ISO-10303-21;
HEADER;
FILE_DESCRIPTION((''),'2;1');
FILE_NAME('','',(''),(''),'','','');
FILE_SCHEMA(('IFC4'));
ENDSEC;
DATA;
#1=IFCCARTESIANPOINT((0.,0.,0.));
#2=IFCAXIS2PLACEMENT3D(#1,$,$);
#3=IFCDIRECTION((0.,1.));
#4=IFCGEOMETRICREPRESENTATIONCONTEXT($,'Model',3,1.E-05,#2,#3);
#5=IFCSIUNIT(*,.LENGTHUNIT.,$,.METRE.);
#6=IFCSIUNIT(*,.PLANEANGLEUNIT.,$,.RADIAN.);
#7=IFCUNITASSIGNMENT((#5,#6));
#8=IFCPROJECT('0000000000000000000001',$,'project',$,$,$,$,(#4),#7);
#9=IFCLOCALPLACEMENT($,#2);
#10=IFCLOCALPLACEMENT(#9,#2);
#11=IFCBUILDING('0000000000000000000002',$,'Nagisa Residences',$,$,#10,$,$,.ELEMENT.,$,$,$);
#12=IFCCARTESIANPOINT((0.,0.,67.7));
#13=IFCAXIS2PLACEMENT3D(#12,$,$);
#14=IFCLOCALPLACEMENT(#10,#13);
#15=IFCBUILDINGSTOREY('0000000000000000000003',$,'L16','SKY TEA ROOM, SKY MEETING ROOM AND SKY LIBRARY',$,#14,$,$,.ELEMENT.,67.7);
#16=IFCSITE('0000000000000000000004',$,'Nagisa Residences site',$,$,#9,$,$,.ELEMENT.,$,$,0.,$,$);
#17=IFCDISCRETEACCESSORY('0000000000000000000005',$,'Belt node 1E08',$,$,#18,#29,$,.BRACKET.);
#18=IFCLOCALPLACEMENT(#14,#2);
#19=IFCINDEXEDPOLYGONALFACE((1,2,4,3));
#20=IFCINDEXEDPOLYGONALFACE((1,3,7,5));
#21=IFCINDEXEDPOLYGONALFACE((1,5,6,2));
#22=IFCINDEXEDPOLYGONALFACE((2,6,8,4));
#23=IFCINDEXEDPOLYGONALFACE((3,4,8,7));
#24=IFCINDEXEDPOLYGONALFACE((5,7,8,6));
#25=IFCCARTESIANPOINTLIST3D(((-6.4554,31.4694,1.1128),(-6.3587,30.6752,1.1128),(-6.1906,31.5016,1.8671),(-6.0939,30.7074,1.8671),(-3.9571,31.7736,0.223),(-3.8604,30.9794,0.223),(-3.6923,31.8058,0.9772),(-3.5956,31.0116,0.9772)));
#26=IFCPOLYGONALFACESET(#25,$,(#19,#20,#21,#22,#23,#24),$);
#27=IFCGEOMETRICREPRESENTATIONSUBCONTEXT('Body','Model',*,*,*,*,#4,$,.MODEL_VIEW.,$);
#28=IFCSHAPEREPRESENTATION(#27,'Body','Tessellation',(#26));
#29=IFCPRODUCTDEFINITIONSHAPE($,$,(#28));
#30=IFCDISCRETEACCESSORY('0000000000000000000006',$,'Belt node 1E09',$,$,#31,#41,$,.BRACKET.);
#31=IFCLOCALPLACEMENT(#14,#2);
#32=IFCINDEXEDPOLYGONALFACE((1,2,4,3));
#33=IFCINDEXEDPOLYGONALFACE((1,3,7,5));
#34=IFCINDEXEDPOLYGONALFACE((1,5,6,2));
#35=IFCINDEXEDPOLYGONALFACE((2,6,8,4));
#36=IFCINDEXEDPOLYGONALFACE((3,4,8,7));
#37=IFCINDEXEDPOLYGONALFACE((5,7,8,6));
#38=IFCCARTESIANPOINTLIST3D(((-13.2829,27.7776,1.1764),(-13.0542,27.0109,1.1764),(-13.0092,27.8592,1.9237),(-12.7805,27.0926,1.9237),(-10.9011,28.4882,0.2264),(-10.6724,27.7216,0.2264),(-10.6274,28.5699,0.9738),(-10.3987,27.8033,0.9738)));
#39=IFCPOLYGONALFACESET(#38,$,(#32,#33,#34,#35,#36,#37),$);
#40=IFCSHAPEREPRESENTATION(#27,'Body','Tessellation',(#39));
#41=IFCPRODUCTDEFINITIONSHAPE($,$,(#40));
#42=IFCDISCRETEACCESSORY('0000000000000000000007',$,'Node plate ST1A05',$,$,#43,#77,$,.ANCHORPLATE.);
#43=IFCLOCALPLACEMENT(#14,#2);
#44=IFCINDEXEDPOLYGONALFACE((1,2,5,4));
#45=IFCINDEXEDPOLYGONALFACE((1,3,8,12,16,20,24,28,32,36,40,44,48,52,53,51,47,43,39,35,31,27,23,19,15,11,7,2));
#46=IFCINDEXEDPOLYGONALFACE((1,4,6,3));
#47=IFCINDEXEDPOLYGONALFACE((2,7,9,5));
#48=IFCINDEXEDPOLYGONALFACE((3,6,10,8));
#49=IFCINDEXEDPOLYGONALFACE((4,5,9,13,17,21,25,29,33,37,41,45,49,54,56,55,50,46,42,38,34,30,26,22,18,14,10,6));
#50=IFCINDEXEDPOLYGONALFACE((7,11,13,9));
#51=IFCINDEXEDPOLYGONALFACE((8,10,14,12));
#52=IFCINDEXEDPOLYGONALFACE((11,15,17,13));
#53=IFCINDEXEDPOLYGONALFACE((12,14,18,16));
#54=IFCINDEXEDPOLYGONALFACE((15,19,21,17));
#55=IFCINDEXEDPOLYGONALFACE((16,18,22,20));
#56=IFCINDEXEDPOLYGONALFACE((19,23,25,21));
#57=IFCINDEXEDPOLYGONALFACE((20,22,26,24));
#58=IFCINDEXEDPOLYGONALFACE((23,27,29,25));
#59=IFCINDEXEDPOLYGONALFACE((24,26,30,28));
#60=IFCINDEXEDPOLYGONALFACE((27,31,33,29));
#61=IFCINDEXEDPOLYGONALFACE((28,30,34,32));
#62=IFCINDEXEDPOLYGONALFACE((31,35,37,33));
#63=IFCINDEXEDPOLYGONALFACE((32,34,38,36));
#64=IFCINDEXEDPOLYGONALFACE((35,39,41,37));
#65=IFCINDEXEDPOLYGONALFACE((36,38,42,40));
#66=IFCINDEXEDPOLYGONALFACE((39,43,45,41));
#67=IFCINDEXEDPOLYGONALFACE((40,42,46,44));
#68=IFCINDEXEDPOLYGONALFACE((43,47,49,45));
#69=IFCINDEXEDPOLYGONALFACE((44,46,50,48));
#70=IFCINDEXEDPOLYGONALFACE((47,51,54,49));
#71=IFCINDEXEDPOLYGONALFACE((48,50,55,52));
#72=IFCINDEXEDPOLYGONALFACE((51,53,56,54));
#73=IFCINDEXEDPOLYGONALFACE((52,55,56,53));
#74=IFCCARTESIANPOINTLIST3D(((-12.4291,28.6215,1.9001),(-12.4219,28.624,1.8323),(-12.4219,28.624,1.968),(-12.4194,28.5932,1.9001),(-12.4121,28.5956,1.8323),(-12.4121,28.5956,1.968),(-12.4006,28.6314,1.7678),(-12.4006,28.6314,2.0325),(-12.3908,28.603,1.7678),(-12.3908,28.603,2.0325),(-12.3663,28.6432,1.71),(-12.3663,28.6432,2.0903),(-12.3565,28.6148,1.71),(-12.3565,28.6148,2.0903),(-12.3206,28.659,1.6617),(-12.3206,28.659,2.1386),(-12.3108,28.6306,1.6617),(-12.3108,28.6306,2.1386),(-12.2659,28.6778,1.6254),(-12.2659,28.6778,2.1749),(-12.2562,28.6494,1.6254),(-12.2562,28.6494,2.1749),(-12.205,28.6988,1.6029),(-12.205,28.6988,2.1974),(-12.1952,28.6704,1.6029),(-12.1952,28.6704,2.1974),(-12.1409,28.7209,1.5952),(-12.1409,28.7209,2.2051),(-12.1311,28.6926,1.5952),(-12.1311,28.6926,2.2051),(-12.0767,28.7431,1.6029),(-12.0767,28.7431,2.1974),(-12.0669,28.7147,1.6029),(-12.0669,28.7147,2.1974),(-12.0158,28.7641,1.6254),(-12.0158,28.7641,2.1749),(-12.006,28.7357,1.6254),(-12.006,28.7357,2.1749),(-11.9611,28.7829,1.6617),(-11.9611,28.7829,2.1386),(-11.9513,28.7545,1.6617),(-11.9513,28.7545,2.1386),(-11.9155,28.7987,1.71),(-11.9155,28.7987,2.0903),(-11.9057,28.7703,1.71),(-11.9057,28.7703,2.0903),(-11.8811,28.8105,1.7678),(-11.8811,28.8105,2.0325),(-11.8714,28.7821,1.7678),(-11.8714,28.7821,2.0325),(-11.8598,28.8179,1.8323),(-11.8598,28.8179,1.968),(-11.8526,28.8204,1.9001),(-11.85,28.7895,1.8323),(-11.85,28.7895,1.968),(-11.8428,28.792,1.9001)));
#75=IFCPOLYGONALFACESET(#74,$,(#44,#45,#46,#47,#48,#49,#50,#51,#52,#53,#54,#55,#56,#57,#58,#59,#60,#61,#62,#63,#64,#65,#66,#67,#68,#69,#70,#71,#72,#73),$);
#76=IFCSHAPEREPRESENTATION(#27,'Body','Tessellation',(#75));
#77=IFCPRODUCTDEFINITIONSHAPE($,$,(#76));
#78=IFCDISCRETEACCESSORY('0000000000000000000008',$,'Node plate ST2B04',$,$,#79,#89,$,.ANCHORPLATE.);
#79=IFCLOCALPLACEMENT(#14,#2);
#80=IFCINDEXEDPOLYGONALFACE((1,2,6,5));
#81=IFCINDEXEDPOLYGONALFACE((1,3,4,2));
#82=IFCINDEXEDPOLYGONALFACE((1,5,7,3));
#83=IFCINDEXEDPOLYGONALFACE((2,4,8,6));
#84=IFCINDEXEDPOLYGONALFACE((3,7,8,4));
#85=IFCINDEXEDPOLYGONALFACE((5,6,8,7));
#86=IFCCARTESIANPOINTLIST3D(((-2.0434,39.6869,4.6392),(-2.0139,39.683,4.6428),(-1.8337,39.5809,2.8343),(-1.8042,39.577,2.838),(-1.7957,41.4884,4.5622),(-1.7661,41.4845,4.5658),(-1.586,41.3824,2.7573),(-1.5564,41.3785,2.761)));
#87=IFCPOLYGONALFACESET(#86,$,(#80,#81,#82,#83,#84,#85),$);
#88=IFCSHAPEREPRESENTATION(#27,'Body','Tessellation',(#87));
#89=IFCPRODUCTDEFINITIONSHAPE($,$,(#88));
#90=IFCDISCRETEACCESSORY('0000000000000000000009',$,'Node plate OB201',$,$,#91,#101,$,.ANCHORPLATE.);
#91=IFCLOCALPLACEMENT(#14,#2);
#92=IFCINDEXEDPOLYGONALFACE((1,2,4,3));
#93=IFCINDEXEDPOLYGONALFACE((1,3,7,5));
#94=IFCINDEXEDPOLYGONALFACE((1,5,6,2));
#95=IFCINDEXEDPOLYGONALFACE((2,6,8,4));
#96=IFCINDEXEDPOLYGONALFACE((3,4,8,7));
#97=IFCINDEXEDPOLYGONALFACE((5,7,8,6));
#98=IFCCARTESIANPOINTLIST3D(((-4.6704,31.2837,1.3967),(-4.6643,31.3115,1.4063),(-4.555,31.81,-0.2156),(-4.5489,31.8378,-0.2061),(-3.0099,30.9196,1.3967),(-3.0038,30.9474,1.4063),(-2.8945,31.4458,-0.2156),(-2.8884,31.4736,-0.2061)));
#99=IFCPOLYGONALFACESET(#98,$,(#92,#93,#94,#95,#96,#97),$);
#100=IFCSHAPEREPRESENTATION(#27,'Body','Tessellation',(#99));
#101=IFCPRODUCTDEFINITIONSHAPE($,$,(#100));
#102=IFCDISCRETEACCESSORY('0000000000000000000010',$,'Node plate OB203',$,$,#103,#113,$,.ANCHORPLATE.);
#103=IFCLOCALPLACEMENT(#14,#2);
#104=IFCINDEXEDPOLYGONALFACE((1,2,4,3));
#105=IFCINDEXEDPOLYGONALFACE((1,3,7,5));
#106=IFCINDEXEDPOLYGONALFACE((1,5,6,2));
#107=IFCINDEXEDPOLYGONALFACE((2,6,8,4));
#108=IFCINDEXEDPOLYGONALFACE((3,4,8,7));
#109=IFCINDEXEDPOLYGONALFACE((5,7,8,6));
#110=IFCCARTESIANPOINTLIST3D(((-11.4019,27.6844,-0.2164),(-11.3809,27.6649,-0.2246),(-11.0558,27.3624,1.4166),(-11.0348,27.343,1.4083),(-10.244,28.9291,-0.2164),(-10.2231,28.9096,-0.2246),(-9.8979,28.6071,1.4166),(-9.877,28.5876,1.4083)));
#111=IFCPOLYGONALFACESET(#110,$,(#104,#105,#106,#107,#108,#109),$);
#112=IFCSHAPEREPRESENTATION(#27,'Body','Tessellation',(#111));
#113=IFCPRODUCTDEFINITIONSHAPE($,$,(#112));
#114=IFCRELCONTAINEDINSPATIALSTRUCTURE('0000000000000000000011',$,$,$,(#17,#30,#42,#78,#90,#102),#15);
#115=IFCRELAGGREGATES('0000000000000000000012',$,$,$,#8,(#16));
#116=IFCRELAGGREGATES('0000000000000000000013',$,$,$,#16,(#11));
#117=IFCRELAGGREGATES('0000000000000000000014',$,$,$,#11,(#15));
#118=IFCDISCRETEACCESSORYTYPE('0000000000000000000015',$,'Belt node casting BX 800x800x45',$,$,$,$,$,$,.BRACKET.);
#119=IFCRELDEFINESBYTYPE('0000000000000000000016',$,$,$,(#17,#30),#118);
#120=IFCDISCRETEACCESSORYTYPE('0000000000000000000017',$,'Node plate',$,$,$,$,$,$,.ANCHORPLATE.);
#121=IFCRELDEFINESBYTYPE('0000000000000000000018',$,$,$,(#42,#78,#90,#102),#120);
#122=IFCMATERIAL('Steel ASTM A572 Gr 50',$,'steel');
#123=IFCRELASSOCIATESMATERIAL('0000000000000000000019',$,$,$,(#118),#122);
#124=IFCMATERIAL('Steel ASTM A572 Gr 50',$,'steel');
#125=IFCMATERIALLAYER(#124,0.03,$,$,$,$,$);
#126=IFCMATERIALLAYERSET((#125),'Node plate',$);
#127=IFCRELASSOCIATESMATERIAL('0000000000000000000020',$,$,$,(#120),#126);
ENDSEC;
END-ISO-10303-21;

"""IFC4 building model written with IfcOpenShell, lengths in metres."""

from ifc_helpers import new_model, si_unit, direction, frame, origin, origin_2d, place, context, subcontext, project, spatial, rectangle, circle, extrude, material, layer, layer_set, type_object, element, save


model = new_model("IFC4")

# Units and contexts
model_context = context("Model", 3, precision=1e-05, world=origin(), true_north=direction((0.0, 1.0)))
body_context = subcontext(model_context, "Body", "Model", "MODEL_VIEW")
ifc_project = project(units=[si_unit("LENGTHUNIT", "METRE"), si_unit("PLANEANGLEUNIT", "RADIAN")], contexts=[model_context])

# Site, building, storey
site_placement = place(None, origin())
site = spatial("IfcSite", under=ifc_project, at=site_placement, Name="Nagisa Residences site", CompositionType="ELEMENT", RefElevation=0.0)
building_placement = place(site_placement, origin())
building = spatial("IfcBuilding", under=site, at=building_placement, Name="Nagisa Residences", CompositionType="ELEMENT")
storey_placement = place(building_placement, frame((0.0, 0.0, 67.7)))
storey = spatial("IfcBuildingStorey", under=building, at=storey_placement, Name="L16", Description="SKY TEA ROOM, SKY MEETING ROOM AND SKY LIBRARY", CompositionType="ELEMENT", Elevation=67.7)

# Discrete accessories
ifc_material_1 = material(Name="Steel ASTM A572 Gr 50", Category="steel")
discrete_accessory_type_1 = type_object("IfcDiscreteAccessoryType", Name="Belt node casting BX 800x800x45", PredefinedType="BRACKET", material=ifc_material_1)
discrete_accessory_1_placement = place(storey_placement, frame((-3.7764, 31.3926, 0.6001), z_axis=(-0.935886, -0.113956, 0.333363), x_axis=(0.12087, -0.992668, 0.0)))
element("IfcDiscreteAccessory", 1, at=discrete_accessory_1_placement, inside=storey, type_object=discrete_accessory_type_1, Name="Belt node 1E08", PredefinedType="BRACKET", context=body_context, shape_type="SweptSolid", body=[
    extrude(rectangle(XDim=0.8, YDim=0.8, at=origin_2d()), origin(), (0.0, 0.0, 1.0), 2.6694),
])
discrete_accessory_2_placement = place(storey_placement, frame((-10.6499, 28.1458, 0.6001), z_axis=(-0.895109, -0.267083, 0.356998), x_axis=(0.285924, -0.958252, 0.0)))
element("IfcDiscreteAccessory", 2, at=discrete_accessory_2_placement, inside=storey, type_object=discrete_accessory_type_1, Name="Belt node 1E09", PredefinedType="BRACKET", context=body_context, shape_type="SweptSolid", body=[
    extrude(rectangle(XDim=0.8, YDim=0.8, at=origin_2d()), origin(), (0.0, 0.0, 1.0), 2.6609),
])
ifc_material_2 = material(Name="Steel ASTM A572 Gr 50", Category="steel")
ifc_layer = layer(ifc_material_2, 0.03)
ifc_layer_set = layer_set([ifc_layer], Name="Node plate")
discrete_accessory_type_2 = type_object("IfcDiscreteAccessoryType", Name="Node plate", PredefinedType="ANCHORPLATE", material=ifc_layer_set)
discrete_accessory_3_placement = place(storey_placement, frame((-12.1409, 28.7209, 1.9001), z_axis=(0.325991, -0.945373, 0.0), x_axis=(0.945373, 0.325991, 0.0)))
element("IfcDiscreteAccessory", 3, at=discrete_accessory_3_placement, inside=storey, type_object=discrete_accessory_type_2, Name="Node plate ST1A05", PredefinedType="ANCHORPLATE", context=body_context, shape_type="SweptSolid", body=[
    extrude(circle(Radius=0.3049, at=origin_2d()), origin(), (0.0, 0.0, 1.0), 0.03),
])
discrete_accessory_4_placement = place(storey_placement, frame((-1.8147, 40.5347, 3.6982), z_axis=(0.983967, -0.130111, 0.121979), x_axis=(-0.136125, -0.989788, 0.042298)))
element("IfcDiscreteAccessory", 4, at=discrete_accessory_4_placement, inside=storey, type_object=discrete_accessory_type_2, Name="Node plate ST2B04", PredefinedType="ANCHORPLATE", context=body_context, shape_type="SweptSolid", body=[
    extrude(rectangle(XDim=1.8201, YDim=1.8201, at=origin_2d()), origin(), (0.0, 0.0, 1.0), 0.03),
])
discrete_accessory_5_placement = place(storey_placement, frame((-3.7764, 31.3926, 0.6001), z_axis=(-0.203165, -0.926431, -0.316937), x_axis=(0.976788, -0.214208, 0.0)))
element("IfcDiscreteAccessory", 5, at=discrete_accessory_5_placement, inside=storey, type_object=discrete_accessory_type_2, Name="Node plate OB201", PredefinedType="ANCHORPLATE", context=body_context, shape_type="SweptSolid", body=[
    extrude(rectangle(XDim=1.7, YDim=1.7, at=origin_2d()), origin(), (0.0, 0.0, 1.0), 0.03),
])
discrete_accessory_6_placement = place(storey_placement, frame((-10.6499, 28.1458, 0.6001), z_axis=(0.703313, -0.654245, -0.278054), x_axis=(0.681104, 0.732187, 0.0)))
element("IfcDiscreteAccessory", 6, at=discrete_accessory_6_placement, inside=storey, type_object=discrete_accessory_type_2, Name="Node plate OB203", PredefinedType="ANCHORPLATE", context=body_context, shape_type="SweptSolid", body=[
    extrude(rectangle(XDim=1.7, YDim=1.7, at=origin_2d()), origin(), (0.0, 0.0, 1.0), 0.0298),
])

save(model, "model.ifc")
